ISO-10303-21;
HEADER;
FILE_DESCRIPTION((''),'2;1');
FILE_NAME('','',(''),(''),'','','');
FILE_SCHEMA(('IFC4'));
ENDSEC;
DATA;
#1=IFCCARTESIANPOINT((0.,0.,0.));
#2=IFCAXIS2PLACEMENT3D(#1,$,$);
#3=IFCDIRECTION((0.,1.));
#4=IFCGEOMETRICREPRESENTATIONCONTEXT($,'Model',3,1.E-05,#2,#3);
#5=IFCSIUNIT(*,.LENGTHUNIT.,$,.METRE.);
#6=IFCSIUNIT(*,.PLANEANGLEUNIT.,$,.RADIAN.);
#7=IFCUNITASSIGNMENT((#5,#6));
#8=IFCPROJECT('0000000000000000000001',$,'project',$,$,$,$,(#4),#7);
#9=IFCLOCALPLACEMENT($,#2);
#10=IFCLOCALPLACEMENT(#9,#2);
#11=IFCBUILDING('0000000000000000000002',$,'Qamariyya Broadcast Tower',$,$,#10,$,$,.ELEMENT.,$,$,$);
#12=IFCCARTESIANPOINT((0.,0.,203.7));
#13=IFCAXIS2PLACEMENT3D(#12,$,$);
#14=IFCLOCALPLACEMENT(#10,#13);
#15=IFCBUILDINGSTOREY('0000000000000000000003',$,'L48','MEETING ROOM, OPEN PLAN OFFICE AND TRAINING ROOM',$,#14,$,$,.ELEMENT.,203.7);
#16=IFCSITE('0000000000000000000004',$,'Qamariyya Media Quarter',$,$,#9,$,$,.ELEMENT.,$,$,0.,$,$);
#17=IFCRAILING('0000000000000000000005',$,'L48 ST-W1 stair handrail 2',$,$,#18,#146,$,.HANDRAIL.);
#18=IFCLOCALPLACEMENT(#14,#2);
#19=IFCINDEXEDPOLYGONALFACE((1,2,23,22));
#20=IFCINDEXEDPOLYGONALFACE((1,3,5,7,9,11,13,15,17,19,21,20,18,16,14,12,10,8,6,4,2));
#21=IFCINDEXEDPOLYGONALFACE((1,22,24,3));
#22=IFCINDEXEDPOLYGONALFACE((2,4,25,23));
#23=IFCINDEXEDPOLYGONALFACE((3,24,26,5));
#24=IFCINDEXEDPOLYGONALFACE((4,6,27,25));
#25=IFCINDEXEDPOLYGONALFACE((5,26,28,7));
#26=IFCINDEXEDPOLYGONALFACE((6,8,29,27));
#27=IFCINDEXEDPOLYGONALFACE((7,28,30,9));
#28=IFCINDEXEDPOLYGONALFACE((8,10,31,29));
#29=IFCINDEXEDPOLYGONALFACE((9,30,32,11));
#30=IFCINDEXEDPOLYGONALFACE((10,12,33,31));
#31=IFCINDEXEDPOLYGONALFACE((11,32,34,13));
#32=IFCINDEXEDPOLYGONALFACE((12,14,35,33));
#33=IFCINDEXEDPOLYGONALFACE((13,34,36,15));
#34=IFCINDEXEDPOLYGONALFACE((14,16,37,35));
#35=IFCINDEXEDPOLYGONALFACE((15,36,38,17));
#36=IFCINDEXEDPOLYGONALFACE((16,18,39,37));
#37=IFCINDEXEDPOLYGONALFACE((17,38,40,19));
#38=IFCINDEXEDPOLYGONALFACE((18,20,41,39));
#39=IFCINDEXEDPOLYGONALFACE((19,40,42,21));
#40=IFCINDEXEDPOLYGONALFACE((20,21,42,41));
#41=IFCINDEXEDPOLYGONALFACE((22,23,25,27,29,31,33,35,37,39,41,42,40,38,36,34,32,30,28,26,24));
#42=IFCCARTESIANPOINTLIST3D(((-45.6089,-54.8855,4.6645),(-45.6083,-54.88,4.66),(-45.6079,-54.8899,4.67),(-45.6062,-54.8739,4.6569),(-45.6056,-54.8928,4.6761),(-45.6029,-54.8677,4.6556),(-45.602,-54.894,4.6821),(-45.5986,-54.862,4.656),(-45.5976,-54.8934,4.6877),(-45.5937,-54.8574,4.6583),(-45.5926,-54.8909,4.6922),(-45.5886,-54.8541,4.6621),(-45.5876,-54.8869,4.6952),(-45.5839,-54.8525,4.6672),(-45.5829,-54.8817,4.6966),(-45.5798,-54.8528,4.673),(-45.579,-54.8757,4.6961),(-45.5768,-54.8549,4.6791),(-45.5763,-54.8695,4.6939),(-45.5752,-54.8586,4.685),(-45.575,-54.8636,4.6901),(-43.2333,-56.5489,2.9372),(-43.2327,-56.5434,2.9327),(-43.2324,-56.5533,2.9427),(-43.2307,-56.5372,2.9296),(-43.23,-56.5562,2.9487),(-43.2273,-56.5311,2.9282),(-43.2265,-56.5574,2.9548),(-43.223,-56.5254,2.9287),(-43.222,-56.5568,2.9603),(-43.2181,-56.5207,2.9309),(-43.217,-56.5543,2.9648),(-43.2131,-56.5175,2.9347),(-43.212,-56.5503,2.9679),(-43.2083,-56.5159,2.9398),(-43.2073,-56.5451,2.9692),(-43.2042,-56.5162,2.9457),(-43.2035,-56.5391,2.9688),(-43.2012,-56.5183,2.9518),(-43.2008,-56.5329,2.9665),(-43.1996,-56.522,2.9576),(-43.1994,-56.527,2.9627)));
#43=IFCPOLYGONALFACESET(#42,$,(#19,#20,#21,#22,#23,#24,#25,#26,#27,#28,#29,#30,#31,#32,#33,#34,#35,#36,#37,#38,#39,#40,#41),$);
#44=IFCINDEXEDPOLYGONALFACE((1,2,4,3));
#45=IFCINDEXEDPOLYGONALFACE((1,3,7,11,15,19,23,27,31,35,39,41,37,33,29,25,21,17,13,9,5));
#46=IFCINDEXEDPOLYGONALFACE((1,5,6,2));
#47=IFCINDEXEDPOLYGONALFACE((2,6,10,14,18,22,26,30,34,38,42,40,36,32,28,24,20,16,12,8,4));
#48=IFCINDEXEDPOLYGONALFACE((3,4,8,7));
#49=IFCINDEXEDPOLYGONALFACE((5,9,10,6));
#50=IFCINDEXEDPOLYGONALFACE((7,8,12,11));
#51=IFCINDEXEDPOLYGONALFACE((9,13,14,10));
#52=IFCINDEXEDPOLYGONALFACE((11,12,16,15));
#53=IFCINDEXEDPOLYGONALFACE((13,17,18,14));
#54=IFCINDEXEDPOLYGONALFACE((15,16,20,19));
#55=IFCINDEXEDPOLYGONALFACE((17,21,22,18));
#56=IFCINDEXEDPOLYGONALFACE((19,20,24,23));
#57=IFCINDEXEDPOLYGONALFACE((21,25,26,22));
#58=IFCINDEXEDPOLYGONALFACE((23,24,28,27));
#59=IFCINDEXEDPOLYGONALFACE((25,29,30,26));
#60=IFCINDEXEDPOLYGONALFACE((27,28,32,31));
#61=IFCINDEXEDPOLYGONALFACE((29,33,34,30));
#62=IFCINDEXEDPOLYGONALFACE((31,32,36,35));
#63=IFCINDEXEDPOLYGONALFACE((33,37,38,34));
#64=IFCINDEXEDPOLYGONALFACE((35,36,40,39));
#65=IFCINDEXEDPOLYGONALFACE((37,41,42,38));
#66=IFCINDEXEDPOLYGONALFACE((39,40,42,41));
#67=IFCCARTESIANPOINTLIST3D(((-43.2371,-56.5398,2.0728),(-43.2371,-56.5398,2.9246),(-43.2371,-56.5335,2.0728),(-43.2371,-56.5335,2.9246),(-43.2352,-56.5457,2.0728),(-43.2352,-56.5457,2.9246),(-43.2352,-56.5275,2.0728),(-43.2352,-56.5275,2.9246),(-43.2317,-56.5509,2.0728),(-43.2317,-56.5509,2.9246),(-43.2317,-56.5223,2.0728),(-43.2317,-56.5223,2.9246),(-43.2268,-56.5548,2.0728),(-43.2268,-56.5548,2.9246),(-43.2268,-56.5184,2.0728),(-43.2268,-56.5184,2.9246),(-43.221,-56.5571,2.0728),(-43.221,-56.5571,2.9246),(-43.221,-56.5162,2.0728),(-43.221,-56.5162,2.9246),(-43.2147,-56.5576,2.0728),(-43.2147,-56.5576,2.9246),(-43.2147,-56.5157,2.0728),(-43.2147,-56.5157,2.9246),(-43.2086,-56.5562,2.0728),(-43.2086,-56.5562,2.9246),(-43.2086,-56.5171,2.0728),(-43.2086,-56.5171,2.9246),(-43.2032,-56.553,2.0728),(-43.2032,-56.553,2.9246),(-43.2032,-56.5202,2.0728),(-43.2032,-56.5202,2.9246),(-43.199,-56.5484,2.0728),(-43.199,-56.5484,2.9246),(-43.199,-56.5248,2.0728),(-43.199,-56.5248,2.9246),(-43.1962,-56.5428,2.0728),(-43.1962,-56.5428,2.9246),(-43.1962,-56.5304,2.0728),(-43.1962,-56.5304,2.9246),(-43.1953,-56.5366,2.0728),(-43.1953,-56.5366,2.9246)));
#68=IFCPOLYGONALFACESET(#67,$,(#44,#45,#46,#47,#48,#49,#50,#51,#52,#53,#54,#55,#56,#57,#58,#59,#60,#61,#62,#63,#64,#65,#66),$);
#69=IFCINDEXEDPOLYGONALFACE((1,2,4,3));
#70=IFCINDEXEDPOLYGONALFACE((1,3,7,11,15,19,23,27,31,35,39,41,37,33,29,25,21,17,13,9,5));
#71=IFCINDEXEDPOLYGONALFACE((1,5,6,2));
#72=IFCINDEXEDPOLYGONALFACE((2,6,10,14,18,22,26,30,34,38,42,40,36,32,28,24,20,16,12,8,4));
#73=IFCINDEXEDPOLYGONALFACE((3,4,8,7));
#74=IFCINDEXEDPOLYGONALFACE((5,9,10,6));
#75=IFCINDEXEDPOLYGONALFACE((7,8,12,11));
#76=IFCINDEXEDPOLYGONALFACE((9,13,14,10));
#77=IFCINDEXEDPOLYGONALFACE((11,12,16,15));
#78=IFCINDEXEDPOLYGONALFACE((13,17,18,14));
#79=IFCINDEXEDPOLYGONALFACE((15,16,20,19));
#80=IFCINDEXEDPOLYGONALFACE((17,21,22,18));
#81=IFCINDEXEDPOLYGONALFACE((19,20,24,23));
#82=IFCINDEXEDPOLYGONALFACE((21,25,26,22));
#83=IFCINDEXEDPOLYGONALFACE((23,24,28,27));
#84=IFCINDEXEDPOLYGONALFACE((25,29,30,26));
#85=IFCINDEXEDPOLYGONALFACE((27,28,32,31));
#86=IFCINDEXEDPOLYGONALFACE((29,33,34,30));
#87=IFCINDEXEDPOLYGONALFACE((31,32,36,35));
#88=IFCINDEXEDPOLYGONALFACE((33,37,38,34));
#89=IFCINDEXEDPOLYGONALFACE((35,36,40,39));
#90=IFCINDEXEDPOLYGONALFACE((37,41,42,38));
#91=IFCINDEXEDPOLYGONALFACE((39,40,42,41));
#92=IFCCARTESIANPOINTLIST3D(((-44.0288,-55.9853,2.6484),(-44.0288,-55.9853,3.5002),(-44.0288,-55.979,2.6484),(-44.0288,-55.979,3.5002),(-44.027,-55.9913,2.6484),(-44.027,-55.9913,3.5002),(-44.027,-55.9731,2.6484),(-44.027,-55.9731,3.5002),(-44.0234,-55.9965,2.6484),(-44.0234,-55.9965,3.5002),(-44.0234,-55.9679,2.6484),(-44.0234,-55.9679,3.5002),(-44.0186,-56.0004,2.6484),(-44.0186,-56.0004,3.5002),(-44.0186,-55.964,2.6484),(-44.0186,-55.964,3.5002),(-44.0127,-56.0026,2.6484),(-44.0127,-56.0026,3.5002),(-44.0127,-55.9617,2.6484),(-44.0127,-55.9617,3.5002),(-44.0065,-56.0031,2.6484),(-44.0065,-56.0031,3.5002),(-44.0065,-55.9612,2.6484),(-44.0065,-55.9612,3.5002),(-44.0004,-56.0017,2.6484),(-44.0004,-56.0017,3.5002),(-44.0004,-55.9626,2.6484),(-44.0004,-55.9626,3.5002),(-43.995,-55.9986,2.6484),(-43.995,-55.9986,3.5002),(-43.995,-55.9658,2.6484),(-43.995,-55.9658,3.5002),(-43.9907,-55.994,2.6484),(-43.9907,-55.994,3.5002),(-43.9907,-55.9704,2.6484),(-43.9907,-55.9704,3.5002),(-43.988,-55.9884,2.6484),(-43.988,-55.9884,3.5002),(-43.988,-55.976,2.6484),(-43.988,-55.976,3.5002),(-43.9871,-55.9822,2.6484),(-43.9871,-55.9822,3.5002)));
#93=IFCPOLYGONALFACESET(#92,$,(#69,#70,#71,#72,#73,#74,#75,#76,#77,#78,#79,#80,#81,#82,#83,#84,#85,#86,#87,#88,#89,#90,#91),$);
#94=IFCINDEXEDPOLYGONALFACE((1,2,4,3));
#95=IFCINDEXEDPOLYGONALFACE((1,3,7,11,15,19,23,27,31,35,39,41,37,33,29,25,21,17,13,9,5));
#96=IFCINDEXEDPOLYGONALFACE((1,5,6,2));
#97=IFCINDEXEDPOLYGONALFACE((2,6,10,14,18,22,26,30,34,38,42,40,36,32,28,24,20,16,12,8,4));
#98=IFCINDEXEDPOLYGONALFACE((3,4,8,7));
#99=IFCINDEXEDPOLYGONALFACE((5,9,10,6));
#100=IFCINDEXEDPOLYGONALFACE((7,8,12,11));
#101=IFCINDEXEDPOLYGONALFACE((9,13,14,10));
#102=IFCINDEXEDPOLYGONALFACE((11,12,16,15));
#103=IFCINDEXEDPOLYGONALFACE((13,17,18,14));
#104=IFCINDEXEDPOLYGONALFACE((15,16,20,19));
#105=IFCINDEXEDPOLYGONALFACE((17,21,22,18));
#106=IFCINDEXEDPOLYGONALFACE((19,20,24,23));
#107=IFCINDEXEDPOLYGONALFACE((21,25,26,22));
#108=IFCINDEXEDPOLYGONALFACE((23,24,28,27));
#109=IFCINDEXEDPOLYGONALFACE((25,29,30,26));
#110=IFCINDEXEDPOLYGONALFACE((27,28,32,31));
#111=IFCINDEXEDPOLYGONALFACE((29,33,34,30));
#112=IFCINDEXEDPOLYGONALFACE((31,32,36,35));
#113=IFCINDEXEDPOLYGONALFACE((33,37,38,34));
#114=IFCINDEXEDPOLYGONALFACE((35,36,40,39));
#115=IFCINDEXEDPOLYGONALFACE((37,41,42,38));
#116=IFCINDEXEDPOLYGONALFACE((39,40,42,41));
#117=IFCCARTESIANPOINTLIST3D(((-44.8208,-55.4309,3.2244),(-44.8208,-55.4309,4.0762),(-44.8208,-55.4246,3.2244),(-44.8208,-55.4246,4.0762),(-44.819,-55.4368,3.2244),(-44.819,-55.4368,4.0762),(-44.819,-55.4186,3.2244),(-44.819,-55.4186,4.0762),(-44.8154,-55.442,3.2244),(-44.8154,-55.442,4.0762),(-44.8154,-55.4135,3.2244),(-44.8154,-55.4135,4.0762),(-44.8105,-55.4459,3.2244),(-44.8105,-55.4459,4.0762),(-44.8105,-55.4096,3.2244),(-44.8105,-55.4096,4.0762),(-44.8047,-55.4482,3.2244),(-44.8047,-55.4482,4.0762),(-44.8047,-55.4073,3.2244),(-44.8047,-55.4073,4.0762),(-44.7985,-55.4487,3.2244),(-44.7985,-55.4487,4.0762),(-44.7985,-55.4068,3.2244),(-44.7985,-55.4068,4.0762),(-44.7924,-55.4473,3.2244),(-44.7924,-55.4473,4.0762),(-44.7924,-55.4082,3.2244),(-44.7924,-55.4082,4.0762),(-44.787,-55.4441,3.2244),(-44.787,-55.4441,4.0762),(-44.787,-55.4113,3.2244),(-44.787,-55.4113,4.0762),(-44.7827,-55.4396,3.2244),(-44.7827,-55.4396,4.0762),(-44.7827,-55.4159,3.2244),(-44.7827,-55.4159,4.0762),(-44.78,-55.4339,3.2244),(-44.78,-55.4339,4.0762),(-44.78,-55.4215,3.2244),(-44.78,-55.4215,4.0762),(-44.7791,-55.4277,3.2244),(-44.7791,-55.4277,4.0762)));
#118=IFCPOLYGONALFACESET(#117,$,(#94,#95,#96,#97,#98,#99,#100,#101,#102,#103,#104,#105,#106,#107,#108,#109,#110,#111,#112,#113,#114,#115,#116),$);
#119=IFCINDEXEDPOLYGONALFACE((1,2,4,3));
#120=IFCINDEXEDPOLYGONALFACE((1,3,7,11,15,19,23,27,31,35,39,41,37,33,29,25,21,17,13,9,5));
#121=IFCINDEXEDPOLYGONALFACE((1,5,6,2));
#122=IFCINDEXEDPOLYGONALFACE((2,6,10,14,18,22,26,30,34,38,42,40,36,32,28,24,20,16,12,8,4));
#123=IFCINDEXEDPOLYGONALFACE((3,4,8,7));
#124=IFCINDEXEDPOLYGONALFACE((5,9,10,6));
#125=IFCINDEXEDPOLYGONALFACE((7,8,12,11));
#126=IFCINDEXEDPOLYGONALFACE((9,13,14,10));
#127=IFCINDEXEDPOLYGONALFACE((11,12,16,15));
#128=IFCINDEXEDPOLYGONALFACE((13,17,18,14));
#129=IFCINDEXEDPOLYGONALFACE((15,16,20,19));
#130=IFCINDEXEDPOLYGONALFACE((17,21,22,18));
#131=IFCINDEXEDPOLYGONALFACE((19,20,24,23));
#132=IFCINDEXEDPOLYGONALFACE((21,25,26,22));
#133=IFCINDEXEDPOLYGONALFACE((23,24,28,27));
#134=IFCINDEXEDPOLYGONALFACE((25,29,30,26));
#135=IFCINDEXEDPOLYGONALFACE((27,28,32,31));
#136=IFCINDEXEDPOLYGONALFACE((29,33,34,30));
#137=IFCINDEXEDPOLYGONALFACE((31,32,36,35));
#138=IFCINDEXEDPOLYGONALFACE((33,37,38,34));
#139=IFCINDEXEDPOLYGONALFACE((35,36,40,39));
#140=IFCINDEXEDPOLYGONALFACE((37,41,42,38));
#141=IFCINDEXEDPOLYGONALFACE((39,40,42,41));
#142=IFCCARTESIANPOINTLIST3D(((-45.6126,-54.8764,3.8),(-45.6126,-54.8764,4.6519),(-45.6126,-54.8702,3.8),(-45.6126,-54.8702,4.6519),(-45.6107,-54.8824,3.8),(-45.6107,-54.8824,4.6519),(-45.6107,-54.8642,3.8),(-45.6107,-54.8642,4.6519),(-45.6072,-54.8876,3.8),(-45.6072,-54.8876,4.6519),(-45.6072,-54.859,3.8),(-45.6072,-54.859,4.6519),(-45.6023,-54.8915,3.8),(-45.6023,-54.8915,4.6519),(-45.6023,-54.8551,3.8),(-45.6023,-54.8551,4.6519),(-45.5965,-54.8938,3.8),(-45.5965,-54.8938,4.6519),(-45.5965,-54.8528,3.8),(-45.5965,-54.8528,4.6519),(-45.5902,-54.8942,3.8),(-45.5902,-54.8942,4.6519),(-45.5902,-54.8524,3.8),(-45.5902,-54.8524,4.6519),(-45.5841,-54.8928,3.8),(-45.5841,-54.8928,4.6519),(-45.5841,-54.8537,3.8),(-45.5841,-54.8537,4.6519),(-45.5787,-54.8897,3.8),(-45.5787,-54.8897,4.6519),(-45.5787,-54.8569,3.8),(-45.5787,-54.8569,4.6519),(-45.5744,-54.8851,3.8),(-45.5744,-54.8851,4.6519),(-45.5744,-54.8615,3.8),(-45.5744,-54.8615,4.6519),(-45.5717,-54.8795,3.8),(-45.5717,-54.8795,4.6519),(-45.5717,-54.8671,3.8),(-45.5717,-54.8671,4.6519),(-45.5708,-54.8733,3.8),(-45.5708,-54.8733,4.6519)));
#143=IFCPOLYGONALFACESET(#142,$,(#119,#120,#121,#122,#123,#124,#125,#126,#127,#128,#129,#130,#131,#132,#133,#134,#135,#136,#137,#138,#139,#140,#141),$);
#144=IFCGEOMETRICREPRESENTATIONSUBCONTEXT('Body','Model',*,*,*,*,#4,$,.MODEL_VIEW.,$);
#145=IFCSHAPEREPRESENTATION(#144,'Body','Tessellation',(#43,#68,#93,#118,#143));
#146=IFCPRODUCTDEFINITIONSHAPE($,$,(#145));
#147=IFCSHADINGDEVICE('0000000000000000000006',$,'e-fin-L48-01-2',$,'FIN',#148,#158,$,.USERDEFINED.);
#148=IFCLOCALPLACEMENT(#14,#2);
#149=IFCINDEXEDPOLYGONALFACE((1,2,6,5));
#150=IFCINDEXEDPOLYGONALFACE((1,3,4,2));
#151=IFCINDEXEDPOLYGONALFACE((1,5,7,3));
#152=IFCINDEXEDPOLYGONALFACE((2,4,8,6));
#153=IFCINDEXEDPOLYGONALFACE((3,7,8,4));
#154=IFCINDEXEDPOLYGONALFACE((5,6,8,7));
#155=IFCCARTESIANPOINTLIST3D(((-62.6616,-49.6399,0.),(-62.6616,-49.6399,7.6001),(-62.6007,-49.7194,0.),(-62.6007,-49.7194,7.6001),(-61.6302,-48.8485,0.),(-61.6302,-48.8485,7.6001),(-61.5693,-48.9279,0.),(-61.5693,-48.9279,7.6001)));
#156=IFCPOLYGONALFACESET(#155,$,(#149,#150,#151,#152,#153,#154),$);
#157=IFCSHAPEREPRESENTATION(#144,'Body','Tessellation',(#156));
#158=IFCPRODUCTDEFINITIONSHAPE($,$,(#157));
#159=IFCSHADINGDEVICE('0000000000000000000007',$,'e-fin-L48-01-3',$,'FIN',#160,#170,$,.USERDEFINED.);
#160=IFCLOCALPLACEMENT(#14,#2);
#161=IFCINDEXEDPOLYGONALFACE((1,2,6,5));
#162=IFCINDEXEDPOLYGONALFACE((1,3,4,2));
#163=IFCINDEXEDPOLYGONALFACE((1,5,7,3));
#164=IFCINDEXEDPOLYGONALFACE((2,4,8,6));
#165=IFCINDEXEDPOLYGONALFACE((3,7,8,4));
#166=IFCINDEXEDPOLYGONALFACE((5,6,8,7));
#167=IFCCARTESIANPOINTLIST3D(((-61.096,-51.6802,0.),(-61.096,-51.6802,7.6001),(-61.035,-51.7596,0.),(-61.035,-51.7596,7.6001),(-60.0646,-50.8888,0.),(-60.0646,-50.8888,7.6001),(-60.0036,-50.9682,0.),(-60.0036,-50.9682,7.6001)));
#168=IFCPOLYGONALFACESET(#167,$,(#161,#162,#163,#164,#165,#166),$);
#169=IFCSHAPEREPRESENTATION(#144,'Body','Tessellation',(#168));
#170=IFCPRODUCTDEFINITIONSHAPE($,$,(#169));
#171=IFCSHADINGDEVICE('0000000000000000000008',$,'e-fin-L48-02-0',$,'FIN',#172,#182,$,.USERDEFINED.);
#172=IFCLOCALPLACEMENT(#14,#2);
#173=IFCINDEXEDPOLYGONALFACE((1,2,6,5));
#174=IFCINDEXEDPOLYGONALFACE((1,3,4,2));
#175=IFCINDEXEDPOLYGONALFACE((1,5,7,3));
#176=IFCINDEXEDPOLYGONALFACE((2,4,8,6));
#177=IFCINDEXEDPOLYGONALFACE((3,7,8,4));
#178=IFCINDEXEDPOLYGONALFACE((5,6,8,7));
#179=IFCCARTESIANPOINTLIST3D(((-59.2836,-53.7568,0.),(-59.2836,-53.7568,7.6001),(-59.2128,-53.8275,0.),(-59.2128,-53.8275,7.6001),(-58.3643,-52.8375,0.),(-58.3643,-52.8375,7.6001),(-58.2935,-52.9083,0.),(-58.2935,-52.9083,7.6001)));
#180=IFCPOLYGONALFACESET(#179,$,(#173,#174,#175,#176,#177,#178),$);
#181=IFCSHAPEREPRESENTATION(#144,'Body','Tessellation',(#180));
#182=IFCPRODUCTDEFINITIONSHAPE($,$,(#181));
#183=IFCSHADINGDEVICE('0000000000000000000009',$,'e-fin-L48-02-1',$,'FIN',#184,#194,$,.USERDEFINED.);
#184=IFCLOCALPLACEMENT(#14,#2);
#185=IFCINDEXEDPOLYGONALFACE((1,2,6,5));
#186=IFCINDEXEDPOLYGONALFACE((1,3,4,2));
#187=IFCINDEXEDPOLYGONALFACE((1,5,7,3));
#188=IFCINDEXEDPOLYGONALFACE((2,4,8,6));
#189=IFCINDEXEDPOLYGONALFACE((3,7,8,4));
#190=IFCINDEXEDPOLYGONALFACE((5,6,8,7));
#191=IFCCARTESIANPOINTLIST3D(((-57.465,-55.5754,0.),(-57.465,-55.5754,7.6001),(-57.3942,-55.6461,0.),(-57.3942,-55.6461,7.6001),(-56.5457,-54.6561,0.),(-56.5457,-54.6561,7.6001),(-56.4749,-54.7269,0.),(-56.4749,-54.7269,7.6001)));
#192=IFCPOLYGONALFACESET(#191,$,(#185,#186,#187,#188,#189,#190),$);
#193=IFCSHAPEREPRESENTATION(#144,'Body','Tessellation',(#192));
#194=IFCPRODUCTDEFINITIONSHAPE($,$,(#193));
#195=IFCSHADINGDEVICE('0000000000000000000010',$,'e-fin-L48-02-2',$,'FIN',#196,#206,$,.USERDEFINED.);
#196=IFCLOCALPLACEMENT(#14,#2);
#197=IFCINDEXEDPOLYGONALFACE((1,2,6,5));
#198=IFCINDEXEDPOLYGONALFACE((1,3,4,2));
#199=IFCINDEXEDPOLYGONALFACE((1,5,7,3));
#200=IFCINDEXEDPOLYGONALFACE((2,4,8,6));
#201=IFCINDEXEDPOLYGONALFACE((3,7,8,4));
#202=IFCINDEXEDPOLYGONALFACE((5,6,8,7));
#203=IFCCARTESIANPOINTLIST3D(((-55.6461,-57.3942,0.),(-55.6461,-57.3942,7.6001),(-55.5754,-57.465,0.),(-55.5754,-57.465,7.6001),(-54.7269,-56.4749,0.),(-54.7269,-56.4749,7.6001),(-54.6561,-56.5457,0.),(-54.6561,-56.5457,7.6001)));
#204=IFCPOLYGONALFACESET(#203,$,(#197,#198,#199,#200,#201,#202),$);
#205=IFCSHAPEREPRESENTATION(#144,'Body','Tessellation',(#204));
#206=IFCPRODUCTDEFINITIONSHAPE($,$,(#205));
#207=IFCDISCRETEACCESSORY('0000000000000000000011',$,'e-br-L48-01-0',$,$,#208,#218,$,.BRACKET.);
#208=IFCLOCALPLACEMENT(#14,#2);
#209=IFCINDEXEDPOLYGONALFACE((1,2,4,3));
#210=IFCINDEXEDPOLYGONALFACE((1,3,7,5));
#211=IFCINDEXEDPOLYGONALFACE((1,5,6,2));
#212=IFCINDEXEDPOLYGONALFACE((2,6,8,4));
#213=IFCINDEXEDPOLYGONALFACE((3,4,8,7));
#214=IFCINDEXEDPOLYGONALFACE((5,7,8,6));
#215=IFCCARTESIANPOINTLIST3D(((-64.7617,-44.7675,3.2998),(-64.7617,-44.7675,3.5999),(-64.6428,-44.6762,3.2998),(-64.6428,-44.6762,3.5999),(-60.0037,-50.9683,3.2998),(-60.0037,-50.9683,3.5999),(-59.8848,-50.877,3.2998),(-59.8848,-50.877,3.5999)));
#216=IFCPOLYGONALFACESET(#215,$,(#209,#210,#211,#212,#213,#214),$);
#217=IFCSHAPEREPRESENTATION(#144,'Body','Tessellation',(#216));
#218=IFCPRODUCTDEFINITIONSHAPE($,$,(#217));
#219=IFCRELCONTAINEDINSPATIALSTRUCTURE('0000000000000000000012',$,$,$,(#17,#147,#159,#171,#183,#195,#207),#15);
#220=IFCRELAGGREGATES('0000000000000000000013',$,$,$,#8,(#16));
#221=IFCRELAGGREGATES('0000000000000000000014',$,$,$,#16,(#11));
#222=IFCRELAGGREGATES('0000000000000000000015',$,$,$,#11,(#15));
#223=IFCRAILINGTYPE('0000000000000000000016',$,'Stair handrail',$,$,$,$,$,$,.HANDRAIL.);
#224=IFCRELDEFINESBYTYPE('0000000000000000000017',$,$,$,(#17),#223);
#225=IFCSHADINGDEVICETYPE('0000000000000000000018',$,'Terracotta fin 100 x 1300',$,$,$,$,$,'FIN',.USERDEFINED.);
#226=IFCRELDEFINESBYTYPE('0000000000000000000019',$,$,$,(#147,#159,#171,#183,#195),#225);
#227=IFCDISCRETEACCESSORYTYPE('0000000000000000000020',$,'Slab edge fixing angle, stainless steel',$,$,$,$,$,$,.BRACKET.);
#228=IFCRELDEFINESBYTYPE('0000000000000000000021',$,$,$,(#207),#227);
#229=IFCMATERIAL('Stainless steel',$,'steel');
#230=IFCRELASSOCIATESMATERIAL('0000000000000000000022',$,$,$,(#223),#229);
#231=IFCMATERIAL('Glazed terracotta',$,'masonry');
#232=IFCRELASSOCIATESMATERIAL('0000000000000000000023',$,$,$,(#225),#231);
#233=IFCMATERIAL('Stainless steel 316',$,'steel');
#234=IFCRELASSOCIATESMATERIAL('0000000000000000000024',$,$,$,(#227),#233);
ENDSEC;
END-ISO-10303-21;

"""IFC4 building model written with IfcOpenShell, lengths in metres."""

from ifc_helpers import new_model, si_unit, direction, frame, origin, origin_2d, place, context, subcontext, project, spatial, rectangle, circle, extrude, material, material_profile, profile_set, type_object, element, save


model = new_model("IFC4")

# Units and contexts
model_context = context("Model", 3, precision=1e-05, world=origin(), true_north=direction((0.0, 1.0)))
body_context = subcontext(model_context, "Body", "Model", "MODEL_VIEW")
ifc_project = project(units=[si_unit("LENGTHUNIT", "METRE"), si_unit("PLANEANGLEUNIT", "RADIAN")], contexts=[model_context])

# Site, building, storey
site_placement = place(None, origin())
site = spatial("IfcSite", under=ifc_project, at=site_placement, Name="Qamariyya Media Quarter", CompositionType="ELEMENT", RefElevation=0.0)
building_placement = place(site_placement, origin())
building = spatial("IfcBuilding", under=site, at=building_placement, Name="Qamariyya Broadcast Tower", CompositionType="ELEMENT")
storey_placement = place(building_placement, frame((0.0, 0.0, 203.7)))
storey = spatial("IfcBuildingStorey", under=building, at=storey_placement, Name="L48", Description="MEETING ROOM, OPEN PLAN OFFICE AND TRAINING ROOM", CompositionType="ELEMENT", Elevation=203.7)

# Railing
ifc_material_1 = material(Name="Stainless steel", Category="steel")
railing_type_1 = type_object("IfcRailingType", Name="Stair handrail", PredefinedType="HANDRAIL", material=ifc_material_1)
railing_1_placement = place(storey_placement, frame((-43.2163, -56.5366, 2.0728)))
element("IfcRailing", 1, at=railing_1_placement, inside=storey, type_object=railing_type_1, Name="L48 ST-W1 stair handrail 2", PredefinedType="HANDRAIL", context=body_context, shape_type="SweptSolid", body=[
    extrude(circle(Radius=0.0239, at=origin_2d()), frame((0.0, 0.0, 0.876), z_axis=(-0.70377, 0.492784, 0.511734), x_axis=(-0.573575, -0.819153, 0.0)), (0.0, 0.0, 1.0), 3.3755),
    extrude(circle(Radius=0.021, at=origin_2d()), origin(), (0.0, 0.0, 1.0), 0.8518),
    extrude(circle(Radius=0.021, at=origin_2d()), frame((-0.7917, 0.5544, 0.5757)), (0.0, 0.0, 1.0), 0.8518),
    extrude(circle(Radius=0.021, at=origin_2d()), frame((-1.5837, 1.1089, 1.1516)), (0.0, 0.0, 1.0), 0.8518),
    extrude(circle(Radius=0.021, at=origin_2d()), frame((-2.3755, 1.6633, 1.7273)), (0.0, 0.0, 1.0), 0.8518),
])

# Shading devices
ifc_material_2 = material(Name="Glazed terracotta", Category="masonry")
ifc_material_profile_1 = material_profile(ifc_material_2, rectangle(XDim=1.3, YDim=0.1001, at=origin_2d()))
ifc_profile_set_1 = profile_set([ifc_material_profile_1], Name="Glazed terracotta")
shading_device_type_1 = type_object("IfcShadingDeviceType", Name="Terracotta fin 100 x 1300", ElementType="FIN", PredefinedType="USERDEFINED", material=ifc_profile_set_1)
for number, where, z_axis, x_axis, name in (
    (2, (-62.1155, -49.2839, 0.0), (0.0, 0.0, 1.0), (-0.793353, -0.608761, 0.0), "e-fin-L48-01-2"),
    (3, (-60.5498, -51.3242, 0.0), (0.0, 0.0, 1.0), (-0.793353, -0.608761, 0.0), "e-fin-L48-01-3"),
    (4, (-58.7886, -53.3325, 0.0), (0.0, 0.0, 1.0), (-0.707107, -0.707107, 0.0), "e-fin-L48-02-0"),
    (5, (-56.97, -55.1511, 0.0), (0.0, 0.0, 1.0), (-0.707107, -0.707107, 0.0), "e-fin-L48-02-1"),
    (6, (-55.1511, -56.97, 0.0), (0.0, 0.0, 1.0), (-0.707107, -0.707107, 0.0), "e-fin-L48-02-2"),
):
    element("IfcShadingDevice", number, at=place(storey_placement, frame(where, z_axis=z_axis, x_axis=x_axis)), inside=storey, type_object=shading_device_type_1, Name=name, ObjectType="FIN", PredefinedType="USERDEFINED", context=body_context, shape_type="SweptSolid", body=[
        extrude(rectangle(XDim=1.3, YDim=0.1001, at=origin_2d()), origin(), (0.0, 0.0, 1.0), 7.6001),
    ])

# Discrete accessory
ifc_material_3 = material(Name="Stainless steel 316", Category="steel")
discrete_accessory_type = type_object("IfcDiscreteAccessoryType", Name="Slab edge fixing angle, stainless steel", PredefinedType="BRACKET", material=ifc_material_3)
for number, where, z_axis, x_axis, name in (
    (7, (-62.3232, -47.8223, 3.2998), (0.0, 0.0, 1.0), (0.608761, -0.793353, 0.0), "e-br-L48-01-0"),
):
    element("IfcDiscreteAccessory", number, at=place(storey_placement, frame(where, z_axis=z_axis, x_axis=x_axis)), inside=storey, type_object=discrete_accessory_type, Name=name, PredefinedType="BRACKET", context=body_context, shape_type="SweptSolid", body=[
        extrude(rectangle(XDim=7.8159, YDim=0.1499, at=origin_2d()), origin(), (0.0, 0.0, 1.0), 0.3),
    ])

save(model, "model.ifc")
